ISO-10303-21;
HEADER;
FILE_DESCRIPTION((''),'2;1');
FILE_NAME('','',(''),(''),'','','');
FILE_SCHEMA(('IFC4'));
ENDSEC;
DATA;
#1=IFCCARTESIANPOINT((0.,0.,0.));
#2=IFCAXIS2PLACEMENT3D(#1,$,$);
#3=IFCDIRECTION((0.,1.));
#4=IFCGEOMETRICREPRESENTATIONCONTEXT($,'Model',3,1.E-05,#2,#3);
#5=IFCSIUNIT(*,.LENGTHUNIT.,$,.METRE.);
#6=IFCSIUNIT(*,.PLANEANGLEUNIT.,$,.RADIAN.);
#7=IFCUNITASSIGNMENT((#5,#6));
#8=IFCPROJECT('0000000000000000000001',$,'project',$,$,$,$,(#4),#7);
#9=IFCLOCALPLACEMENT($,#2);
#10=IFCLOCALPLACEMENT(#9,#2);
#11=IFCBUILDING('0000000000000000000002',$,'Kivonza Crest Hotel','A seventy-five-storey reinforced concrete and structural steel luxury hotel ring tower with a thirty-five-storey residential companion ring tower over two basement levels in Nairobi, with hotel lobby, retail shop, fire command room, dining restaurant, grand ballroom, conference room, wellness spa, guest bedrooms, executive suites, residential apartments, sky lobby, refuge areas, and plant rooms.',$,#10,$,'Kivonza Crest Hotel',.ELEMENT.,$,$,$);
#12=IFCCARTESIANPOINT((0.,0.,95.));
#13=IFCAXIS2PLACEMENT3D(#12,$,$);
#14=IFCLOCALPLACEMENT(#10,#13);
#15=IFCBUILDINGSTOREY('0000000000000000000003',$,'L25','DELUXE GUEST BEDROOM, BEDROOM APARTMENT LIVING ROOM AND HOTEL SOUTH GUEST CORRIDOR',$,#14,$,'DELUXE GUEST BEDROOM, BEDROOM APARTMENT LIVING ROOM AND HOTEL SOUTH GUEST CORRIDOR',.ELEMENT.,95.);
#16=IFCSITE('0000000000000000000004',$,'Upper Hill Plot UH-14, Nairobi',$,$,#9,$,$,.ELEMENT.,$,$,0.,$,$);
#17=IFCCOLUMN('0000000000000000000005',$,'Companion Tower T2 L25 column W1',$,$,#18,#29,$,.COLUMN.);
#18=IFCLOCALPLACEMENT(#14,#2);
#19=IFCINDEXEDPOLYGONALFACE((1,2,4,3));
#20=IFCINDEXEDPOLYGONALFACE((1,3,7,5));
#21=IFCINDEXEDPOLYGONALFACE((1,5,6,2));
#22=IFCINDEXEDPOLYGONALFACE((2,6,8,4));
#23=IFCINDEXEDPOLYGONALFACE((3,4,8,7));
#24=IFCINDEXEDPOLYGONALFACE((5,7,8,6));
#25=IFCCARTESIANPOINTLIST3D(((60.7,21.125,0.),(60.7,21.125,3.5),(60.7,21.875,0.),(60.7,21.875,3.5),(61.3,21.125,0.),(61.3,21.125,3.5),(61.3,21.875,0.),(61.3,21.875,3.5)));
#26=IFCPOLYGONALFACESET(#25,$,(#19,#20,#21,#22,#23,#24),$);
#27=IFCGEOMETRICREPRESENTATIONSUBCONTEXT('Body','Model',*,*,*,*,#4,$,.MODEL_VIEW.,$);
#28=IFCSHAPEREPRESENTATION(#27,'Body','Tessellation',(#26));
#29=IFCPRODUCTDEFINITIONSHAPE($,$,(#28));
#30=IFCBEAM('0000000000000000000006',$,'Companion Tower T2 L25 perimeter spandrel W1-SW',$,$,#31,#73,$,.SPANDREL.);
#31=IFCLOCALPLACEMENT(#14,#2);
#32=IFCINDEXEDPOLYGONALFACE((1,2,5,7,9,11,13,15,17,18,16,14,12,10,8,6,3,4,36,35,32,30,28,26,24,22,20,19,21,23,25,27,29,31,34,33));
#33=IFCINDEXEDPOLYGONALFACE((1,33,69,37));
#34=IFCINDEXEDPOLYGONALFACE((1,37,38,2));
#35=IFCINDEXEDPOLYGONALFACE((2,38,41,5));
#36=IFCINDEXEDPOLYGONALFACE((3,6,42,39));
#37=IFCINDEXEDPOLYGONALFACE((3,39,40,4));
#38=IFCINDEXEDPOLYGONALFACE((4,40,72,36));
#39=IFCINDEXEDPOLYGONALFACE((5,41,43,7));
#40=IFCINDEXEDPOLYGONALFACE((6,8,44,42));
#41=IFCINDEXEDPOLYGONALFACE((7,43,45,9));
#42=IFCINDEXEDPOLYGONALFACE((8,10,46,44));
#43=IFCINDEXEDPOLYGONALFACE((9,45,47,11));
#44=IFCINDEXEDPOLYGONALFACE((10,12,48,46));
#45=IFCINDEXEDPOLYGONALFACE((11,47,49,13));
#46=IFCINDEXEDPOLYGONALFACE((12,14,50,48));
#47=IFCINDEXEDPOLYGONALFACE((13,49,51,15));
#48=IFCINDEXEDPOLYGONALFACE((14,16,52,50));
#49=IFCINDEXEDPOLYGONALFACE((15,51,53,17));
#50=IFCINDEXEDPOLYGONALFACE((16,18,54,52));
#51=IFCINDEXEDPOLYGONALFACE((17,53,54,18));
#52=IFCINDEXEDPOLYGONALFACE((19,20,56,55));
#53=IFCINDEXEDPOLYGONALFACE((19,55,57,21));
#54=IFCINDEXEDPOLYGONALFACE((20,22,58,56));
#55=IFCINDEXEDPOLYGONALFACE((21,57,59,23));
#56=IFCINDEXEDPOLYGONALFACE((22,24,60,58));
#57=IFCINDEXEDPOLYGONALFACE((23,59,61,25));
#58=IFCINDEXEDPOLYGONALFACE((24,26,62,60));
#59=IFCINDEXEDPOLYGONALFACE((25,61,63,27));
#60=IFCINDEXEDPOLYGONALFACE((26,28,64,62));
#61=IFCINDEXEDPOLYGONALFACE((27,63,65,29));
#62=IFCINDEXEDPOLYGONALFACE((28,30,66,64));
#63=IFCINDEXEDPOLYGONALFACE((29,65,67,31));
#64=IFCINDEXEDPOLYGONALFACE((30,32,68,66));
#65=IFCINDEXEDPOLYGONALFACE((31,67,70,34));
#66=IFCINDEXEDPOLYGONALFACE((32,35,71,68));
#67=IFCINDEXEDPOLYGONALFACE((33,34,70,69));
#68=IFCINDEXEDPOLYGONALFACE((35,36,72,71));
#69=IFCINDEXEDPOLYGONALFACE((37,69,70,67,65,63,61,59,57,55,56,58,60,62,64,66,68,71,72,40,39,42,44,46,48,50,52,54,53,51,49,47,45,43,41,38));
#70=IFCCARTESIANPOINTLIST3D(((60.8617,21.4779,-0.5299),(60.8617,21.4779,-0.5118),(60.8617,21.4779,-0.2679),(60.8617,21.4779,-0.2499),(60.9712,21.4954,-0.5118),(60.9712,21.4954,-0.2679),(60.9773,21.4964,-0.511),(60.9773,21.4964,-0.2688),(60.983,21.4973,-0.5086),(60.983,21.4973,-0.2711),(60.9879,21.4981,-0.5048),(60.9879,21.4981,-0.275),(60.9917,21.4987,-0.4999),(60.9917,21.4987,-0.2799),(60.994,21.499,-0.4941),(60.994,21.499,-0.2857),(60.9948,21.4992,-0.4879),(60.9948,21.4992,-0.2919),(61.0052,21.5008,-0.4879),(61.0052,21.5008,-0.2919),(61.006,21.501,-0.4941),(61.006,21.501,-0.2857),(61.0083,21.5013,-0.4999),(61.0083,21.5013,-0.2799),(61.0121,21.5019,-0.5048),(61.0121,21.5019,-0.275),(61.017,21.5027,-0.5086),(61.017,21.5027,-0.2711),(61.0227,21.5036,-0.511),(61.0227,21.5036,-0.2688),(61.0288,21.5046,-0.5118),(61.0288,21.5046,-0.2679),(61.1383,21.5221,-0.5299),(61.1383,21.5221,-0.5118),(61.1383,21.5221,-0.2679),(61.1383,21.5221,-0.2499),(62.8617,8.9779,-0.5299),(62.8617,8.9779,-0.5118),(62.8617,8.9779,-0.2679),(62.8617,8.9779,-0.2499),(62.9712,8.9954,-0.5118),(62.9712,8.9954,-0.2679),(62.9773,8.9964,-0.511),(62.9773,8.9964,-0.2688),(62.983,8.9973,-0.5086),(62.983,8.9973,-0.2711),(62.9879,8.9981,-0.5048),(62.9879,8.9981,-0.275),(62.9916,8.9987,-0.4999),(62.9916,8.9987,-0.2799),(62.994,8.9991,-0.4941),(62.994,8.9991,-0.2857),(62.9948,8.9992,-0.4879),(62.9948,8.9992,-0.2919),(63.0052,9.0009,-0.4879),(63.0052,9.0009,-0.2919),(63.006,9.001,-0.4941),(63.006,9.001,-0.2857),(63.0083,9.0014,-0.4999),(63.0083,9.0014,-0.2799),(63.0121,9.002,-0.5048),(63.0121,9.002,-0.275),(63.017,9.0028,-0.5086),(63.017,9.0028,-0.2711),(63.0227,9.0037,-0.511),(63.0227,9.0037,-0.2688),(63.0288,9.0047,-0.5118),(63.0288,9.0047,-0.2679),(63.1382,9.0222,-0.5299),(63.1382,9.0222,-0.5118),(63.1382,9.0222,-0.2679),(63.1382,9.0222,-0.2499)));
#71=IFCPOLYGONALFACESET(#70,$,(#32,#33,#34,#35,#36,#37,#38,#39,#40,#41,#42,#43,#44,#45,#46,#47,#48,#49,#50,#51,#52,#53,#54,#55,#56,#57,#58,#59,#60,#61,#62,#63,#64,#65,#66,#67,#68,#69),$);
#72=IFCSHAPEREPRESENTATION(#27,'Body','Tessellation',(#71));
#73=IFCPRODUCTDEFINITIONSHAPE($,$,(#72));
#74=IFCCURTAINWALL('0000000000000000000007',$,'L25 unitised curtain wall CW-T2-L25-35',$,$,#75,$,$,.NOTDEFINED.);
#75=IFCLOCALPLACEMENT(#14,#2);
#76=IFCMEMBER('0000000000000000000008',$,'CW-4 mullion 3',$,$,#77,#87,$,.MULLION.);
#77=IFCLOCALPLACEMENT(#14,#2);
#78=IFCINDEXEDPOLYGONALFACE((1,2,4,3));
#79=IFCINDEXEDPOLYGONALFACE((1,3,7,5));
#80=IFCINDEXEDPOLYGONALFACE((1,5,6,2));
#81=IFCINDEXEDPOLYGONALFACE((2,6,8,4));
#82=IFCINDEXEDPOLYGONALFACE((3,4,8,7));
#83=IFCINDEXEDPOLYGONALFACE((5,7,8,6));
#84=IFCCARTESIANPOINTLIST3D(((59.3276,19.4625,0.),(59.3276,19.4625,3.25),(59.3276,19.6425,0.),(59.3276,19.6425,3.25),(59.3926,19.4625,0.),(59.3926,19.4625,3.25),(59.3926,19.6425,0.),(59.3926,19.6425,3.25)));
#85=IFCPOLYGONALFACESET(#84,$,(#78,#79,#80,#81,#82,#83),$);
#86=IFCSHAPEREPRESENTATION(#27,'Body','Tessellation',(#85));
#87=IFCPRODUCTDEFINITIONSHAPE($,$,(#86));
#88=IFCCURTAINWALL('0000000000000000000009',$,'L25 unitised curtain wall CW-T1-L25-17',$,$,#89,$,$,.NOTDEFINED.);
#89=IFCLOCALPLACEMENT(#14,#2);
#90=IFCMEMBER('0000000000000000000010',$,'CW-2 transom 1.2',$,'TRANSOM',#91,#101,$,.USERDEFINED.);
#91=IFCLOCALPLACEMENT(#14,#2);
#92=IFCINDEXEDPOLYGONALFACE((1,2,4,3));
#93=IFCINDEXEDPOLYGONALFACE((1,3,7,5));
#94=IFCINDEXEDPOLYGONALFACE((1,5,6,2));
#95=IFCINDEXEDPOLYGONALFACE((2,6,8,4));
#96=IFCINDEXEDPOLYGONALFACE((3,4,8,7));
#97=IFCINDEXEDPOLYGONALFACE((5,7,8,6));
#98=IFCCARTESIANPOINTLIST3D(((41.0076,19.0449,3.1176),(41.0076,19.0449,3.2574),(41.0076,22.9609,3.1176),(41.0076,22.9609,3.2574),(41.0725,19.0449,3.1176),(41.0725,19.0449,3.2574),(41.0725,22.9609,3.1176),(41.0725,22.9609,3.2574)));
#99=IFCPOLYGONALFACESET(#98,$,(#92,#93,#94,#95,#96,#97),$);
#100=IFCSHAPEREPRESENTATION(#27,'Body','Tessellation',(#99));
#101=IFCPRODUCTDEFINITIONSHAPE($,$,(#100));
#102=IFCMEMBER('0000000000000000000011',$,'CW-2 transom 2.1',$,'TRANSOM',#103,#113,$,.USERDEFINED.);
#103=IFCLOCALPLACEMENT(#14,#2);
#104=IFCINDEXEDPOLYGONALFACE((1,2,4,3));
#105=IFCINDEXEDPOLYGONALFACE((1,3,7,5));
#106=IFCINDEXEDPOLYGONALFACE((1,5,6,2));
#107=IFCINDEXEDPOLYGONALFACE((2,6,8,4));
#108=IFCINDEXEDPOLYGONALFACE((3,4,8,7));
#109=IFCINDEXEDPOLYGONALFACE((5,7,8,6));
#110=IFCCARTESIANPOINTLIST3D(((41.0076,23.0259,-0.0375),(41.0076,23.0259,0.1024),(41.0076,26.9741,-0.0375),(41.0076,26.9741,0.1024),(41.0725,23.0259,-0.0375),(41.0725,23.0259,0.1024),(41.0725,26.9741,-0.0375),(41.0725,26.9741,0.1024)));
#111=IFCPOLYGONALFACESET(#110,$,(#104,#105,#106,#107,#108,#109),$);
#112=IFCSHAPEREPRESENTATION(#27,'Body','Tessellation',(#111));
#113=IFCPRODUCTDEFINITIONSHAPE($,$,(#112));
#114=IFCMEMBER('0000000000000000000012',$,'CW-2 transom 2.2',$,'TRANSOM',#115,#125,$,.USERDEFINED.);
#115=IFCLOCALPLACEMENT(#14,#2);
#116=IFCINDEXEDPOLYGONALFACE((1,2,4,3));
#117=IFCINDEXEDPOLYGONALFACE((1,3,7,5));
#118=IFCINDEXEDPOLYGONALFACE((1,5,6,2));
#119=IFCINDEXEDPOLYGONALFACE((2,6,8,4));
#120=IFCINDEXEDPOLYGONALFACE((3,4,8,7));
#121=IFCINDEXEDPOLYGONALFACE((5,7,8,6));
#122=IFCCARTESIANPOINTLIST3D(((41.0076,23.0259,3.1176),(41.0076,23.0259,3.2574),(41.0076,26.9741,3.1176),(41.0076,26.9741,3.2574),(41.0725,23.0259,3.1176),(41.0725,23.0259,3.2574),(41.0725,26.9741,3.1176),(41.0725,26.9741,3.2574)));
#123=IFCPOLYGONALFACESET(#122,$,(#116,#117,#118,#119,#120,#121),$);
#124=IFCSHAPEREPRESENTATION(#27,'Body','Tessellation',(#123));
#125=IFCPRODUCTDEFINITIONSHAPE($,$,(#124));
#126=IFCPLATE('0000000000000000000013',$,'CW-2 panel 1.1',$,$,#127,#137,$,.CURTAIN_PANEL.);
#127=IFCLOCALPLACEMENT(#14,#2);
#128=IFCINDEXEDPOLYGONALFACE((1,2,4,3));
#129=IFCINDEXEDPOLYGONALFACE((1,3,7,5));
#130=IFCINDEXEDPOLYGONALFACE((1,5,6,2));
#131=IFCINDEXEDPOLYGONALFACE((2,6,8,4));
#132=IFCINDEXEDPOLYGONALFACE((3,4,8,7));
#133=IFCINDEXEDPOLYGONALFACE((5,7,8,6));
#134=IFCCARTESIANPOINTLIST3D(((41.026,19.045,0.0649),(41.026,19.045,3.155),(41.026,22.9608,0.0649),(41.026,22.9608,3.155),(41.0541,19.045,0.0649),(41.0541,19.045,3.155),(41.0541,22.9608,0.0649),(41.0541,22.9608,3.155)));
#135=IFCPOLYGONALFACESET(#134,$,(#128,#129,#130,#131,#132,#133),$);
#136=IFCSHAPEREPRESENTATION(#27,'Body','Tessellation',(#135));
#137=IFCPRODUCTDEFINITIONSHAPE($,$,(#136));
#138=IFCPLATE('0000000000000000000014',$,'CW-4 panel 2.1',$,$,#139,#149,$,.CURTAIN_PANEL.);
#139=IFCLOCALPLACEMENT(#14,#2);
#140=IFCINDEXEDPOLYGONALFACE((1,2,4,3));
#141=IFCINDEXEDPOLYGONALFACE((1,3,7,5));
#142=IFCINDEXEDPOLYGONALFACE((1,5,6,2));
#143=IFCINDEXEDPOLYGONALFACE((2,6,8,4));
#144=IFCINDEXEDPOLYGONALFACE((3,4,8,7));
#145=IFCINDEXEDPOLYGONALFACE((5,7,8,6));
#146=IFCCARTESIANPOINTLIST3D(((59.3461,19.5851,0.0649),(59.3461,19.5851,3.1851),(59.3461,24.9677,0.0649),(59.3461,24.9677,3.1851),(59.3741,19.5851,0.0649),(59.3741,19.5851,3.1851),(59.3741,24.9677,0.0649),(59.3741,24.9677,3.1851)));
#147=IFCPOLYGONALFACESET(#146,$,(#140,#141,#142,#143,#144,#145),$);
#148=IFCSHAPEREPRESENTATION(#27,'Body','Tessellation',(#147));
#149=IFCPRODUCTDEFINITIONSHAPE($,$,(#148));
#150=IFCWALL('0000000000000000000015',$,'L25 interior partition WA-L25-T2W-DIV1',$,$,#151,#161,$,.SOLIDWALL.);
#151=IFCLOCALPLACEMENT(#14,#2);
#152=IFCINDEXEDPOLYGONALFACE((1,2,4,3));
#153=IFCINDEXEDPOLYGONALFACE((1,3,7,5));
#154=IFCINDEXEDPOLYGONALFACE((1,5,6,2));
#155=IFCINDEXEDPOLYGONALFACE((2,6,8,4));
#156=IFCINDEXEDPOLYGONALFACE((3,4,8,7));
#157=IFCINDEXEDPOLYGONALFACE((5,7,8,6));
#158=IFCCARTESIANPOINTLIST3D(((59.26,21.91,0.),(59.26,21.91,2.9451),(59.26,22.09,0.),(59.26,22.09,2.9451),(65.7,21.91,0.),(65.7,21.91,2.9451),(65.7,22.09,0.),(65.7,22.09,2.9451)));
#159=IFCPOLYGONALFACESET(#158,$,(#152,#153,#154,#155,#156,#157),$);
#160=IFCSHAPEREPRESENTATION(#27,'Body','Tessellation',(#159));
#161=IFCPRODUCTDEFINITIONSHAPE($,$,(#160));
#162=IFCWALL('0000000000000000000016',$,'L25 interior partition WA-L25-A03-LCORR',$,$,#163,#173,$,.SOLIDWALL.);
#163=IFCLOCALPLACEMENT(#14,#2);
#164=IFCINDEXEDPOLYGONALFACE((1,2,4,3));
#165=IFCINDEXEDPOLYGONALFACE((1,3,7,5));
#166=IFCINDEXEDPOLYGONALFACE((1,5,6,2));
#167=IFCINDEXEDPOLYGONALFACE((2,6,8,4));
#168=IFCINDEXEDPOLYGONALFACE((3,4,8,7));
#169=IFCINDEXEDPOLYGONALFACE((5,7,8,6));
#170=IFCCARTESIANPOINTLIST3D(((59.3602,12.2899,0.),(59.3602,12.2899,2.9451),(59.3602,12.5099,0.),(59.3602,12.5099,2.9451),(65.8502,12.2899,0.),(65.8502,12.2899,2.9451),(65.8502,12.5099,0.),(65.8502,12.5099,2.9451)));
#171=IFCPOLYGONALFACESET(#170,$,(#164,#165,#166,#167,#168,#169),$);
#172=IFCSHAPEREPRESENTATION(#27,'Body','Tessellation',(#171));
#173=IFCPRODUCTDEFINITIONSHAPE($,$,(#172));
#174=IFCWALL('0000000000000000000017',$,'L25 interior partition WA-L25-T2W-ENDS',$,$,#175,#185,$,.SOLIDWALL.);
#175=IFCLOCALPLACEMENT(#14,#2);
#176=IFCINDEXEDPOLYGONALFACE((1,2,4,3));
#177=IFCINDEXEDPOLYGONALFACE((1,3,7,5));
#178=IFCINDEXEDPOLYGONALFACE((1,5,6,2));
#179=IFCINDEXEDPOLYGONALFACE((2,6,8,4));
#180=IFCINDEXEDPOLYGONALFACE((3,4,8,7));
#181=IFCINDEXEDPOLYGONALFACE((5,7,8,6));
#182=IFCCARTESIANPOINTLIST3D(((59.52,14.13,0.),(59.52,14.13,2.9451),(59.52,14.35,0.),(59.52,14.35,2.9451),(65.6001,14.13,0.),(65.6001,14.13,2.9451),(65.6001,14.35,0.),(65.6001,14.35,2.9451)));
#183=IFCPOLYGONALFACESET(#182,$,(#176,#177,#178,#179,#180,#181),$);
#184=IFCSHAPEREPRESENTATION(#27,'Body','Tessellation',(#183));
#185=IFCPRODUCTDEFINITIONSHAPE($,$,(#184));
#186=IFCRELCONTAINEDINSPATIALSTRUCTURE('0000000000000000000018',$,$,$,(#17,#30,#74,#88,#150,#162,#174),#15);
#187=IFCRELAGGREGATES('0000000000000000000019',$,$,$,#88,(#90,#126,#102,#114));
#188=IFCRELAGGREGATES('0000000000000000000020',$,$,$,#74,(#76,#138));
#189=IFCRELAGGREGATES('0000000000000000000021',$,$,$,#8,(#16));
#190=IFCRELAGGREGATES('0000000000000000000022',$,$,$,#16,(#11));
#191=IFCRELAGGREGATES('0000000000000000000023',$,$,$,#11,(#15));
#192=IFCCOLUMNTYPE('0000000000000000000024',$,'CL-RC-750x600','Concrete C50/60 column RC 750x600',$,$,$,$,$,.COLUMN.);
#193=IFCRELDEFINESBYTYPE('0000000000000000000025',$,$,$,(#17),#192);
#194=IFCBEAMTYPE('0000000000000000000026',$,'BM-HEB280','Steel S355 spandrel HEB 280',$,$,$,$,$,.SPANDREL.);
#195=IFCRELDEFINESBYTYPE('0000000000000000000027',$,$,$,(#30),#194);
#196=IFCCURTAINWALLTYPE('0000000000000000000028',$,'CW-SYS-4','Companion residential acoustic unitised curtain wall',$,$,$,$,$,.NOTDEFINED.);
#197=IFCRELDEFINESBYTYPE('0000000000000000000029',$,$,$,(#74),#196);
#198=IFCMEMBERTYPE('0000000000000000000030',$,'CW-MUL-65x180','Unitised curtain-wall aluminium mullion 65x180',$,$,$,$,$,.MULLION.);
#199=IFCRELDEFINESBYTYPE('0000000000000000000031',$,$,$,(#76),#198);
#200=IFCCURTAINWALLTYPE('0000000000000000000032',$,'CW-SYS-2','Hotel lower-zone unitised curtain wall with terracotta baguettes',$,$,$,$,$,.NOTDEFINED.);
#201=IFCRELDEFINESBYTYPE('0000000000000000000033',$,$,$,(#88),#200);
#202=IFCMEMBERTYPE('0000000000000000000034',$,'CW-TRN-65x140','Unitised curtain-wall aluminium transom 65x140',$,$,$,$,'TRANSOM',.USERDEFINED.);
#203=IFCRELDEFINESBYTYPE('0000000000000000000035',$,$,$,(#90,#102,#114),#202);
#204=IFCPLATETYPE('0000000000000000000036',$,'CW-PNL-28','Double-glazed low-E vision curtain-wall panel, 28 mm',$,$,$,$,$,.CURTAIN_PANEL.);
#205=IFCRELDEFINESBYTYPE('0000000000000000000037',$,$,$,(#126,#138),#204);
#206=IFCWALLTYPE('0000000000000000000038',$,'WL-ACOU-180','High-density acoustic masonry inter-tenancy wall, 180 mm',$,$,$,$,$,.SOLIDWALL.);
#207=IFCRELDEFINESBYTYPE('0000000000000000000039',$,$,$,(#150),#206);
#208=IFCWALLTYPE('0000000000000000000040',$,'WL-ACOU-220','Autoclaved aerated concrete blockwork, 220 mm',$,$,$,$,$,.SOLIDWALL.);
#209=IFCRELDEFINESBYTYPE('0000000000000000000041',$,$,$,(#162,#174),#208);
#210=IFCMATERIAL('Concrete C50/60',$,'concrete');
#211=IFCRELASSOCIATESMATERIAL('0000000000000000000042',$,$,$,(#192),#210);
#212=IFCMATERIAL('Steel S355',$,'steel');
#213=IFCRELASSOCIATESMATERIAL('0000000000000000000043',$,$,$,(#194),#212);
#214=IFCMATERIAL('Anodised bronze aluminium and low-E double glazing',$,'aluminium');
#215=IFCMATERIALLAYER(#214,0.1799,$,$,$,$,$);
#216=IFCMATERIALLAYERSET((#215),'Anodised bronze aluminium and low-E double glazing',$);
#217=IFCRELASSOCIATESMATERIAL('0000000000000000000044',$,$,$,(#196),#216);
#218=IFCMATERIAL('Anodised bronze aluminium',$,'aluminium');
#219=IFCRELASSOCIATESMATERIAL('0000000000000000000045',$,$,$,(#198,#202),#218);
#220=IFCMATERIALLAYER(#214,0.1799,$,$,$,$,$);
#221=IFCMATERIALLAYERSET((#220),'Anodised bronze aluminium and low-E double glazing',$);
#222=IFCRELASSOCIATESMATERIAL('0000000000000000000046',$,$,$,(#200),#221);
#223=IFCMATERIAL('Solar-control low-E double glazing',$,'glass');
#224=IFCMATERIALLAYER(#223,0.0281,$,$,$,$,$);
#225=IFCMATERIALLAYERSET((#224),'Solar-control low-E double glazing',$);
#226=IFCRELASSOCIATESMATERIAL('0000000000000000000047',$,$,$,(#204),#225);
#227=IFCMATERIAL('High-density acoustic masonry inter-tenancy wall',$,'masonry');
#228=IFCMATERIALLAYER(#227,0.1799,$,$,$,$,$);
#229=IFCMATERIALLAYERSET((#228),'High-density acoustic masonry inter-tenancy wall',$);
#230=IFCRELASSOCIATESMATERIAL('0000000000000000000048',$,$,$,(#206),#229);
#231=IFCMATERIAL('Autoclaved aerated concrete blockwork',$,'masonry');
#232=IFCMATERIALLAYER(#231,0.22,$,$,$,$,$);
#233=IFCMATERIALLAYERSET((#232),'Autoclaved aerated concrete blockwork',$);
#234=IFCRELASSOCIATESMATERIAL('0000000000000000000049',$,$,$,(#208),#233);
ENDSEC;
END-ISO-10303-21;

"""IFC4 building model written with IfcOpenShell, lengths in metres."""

from ifc_helpers import new_model, si_unit, direction, frame, frame_2d, origin, origin_2d, place, context, subcontext, project, spatial, rectangle, i_section, extrude, material, layer, layer_set, material_profile, profile_set, type_object, element, aggregate, save


model = new_model("IFC4")

# Units and contexts
model_context = context("Model", 3, precision=1e-05, world=origin(), true_north=direction((0.0, 1.0)))
body_context = subcontext(model_context, "Body", "Model", "MODEL_VIEW")
ifc_project = project(units=[si_unit("LENGTHUNIT", "METRE"), si_unit("PLANEANGLEUNIT", "RADIAN")], contexts=[model_context])

# Site, building, storey
site_placement = place(None, origin())
site = spatial("IfcSite", under=ifc_project, at=site_placement, Name="Upper Hill Plot UH-14, Nairobi", CompositionType="ELEMENT", RefElevation=0.0)
building_placement = place(site_placement, origin())
building = spatial("IfcBuilding", under=site, at=building_placement, Name="Kivonza Crest Hotel", Description="A seventy-five-storey reinforced concrete and structural steel luxury hotel ring tower with a thirty-five-storey residential companion ring tower over two basement levels in Nairobi, with hotel lobby, retail shop, fire command room, dining restaurant, grand ballroom, conference room, wellness spa, guest bedrooms, executive suites, residential apartments, sky lobby, refuge areas, and plant rooms.", LongName="Kivonza Crest Hotel", CompositionType="ELEMENT")
storey_placement = place(building_placement, frame((0.0, 0.0, 95.0)))
storey = spatial("IfcBuildingStorey", under=building, at=storey_placement, Name="L25", Description="DELUXE GUEST BEDROOM, BEDROOM APARTMENT LIVING ROOM AND HOTEL SOUTH GUEST CORRIDOR", LongName="DELUXE GUEST BEDROOM, BEDROOM APARTMENT LIVING ROOM AND HOTEL SOUTH GUEST CORRIDOR", CompositionType="ELEMENT", Elevation=95.0)

# Column
ifc_material_1 = material(Name="Concrete C50/60", Category="concrete")
ifc_material_profile_1 = material_profile(ifc_material_1, rectangle(XDim=0.6001, YDim=0.75, at=origin_2d()), Name="RC 750x600")
ifc_profile_set_1 = profile_set([ifc_material_profile_1], Name="Concrete C50/60")
column_type = type_object("IfcColumnType", Name="CL-RC-750x600", Description="Concrete C50/60 column RC 750x600", PredefinedType="COLUMN", material=ifc_profile_set_1)
column_placement = place(storey_placement, frame((61.0, 21.5, 0.0), z_axis=(0.0, 0.0, 1.0), x_axis=(1.0, 0.0, 0.0)))
element("IfcColumn", 1, at=column_placement, inside=storey, type_object=column_type, Name="Companion Tower T2 L25 column W1", PredefinedType="COLUMN", context=body_context, shape_type="SweptSolid", body=[
    extrude(rectangle(XDim=0.6001, YDim=0.75, at=origin_2d()), origin(), (0.0, 0.0, 1.0), 3.5),
])

# Beam
ifc_material_2 = material(Name="Steel S355", Category="steel")
ifc_material_profile_2 = material_profile(ifc_material_2, i_section(OverallWidth=0.28, OverallDepth=0.28, WebThickness=0.0105, FlangeThickness=0.0181, FilletRadius=0.0239, at=origin_2d()), Name="HEB 280")
ifc_profile_set_2 = profile_set([ifc_material_profile_2], Name="Steel S355")
beam_type = type_object("IfcBeamType", Name="BM-HEB280", Description="Steel S355 spandrel HEB 280", PredefinedType="SPANDREL", material=ifc_profile_set_2)
beam_placement = place(storey_placement, frame((61.0, 21.5, -0.3899), z_axis=(0.157991, -0.987441, 0.0), x_axis=(0.987441, 0.157991, 0.0)))
element("IfcBeam", 2, at=beam_placement, inside=storey, type_object=beam_type, Name="Companion Tower T2 L25 perimeter spandrel W1-SW", PredefinedType="SPANDREL", context=body_context, shape_type="SweptSolid", body=[
    extrude(i_section(OverallWidth=0.28, OverallDepth=0.28, WebThickness=0.0105, FlangeThickness=0.0181, FilletRadius=0.0239, at=origin_2d()), origin(), (0.0, 0.0, 1.0), 12.6589),
])

# Curtain wall, member
ifc_material_3 = material(Name="Anodised bronze aluminium and low-E double glazing", Category="aluminium")
ifc_layer_1 = layer(ifc_material_3, 0.1799)
ifc_layer_set_1 = layer_set([ifc_layer_1], Name="Anodised bronze aluminium and low-E double glazing")
curtain_wall_type_1 = type_object("IfcCurtainWallType", Name="CW-SYS-4", Description="Companion residential acoustic unitised curtain wall", PredefinedType="NOTDEFINED", material=ifc_layer_set_1)
curtain_wall_1_placement = place(storey_placement, origin())
curtain_wall_1 = element("IfcCurtainWall", 3, at=curtain_wall_1_placement, inside=storey, type_object=curtain_wall_type_1, Name="L25 unitised curtain wall CW-T2-L25-35", PredefinedType="NOTDEFINED")
ifc_material_4 = material(Name="Anodised bronze aluminium", Category="aluminium")
ifc_material_profile_3 = material_profile(ifc_material_4, rectangle(XDim=0.0649, YDim=0.1799, at=origin_2d()), Name="CW-M 65x180")
ifc_profile_set_3 = profile_set([ifc_material_profile_3], Name="Anodised bronze aluminium")
member_type_1 = type_object("IfcMemberType", Name="CW-MUL-65x180", Description="Unitised curtain-wall aluminium mullion 65x180", PredefinedType="MULLION", material=ifc_profile_set_3)
member_1_placement = place(storey_placement, frame((59.3601, 19.5525, 0.0), z_axis=(0.0, 0.0, 1.0), x_axis=(1.0, 0.0, 0.0)))
member_1 = element("IfcMember", 4, at=member_1_placement, type_object=member_type_1, Name="CW-4 mullion 3", PredefinedType="MULLION", context=body_context, shape_type="SweptSolid", body=[
    extrude(rectangle(XDim=0.0649, YDim=0.1799, at=origin_2d()), origin(), (0.0, 0.0, 1.0), 3.25),
])

# Curtain wall, members, plate
ifc_layer_2 = layer(ifc_material_3, 0.1799)
ifc_layer_set_2 = layer_set([ifc_layer_2], Name="Anodised bronze aluminium and low-E double glazing")
curtain_wall_type_2 = type_object("IfcCurtainWallType", Name="CW-SYS-2", Description="Hotel lower-zone unitised curtain wall with terracotta baguettes", PredefinedType="NOTDEFINED", material=ifc_layer_set_2)
curtain_wall_2_placement = place(storey_placement, origin())
curtain_wall_2 = element("IfcCurtainWall", 5, at=curtain_wall_2_placement, inside=storey, type_object=curtain_wall_type_2, Name="L25 unitised curtain wall CW-T1-L25-17", PredefinedType="NOTDEFINED")
ifc_material_profile_4 = material_profile(ifc_material_4, rectangle(XDim=0.0649, YDim=0.1399, at=origin_2d()), Name="CW-T 65x140")
ifc_profile_set_4 = profile_set([ifc_material_profile_4], Name="Anodised bronze aluminium")
member_type_2 = type_object("IfcMemberType", Name="CW-TRN-65x140", Description="Unitised curtain-wall aluminium transom 65x140", ElementType="TRANSOM", PredefinedType="USERDEFINED", material=ifc_profile_set_4)
member_2_placement = place(storey_placement, frame((41.04, 19.0449, 3.1875), z_axis=(0.0, 1.0, 0.0), x_axis=(-1.0, 0.0, 0.0)))
member_2 = element("IfcMember", 6, at=member_2_placement, type_object=member_type_2, Name="CW-2 transom 1.2", ObjectType="TRANSOM", PredefinedType="USERDEFINED", context=body_context, shape_type="SweptSolid", body=[
    extrude(rectangle(XDim=0.0649, YDim=0.1399, at=origin_2d()), origin(), (0.0, 0.0, 1.0), 3.916),
])
member_3_placement = place(storey_placement, frame((41.04, 23.0259, 0.0325), z_axis=(0.0, 1.0, 0.0), x_axis=(-1.0, 0.0, 0.0)))
member_3 = element("IfcMember", 7, at=member_3_placement, type_object=member_type_2, Name="CW-2 transom 2.1", ObjectType="TRANSOM", PredefinedType="USERDEFINED", context=body_context, shape_type="SweptSolid", body=[
    extrude(rectangle(XDim=0.0649, YDim=0.1399, at=origin_2d()), origin(), (0.0, 0.0, 1.0), 3.9482),
])
member_4_placement = place(storey_placement, frame((41.04, 23.0259, 3.1875), z_axis=(0.0, 1.0, 0.0), x_axis=(-1.0, 0.0, 0.0)))
member_4 = element("IfcMember", 8, at=member_4_placement, type_object=member_type_2, Name="CW-2 transom 2.2", ObjectType="TRANSOM", PredefinedType="USERDEFINED", context=body_context, shape_type="SweptSolid", body=[
    extrude(rectangle(XDim=0.0649, YDim=0.1399, at=origin_2d()), origin(), (0.0, 0.0, 1.0), 3.9482),
])
ifc_material_5 = material(Name="Solar-control low-E double glazing", Category="glass")
ifc_layer_3 = layer(ifc_material_5, 0.0281)
ifc_layer_set_3 = layer_set([ifc_layer_3], Name="Solar-control low-E double glazing")
plate_type = type_object("IfcPlateType", Name="CW-PNL-28", Description="Double-glazed low-E vision curtain-wall panel, 28 mm", PredefinedType="CURTAIN_PANEL", material=ifc_layer_set_3)
plate_1_placement = place(storey_placement, frame((41.04, 21.0029, 0.0649), z_axis=(0.0, 0.0, 1.0), x_axis=(0.0, 1.0, 0.0)))
plate_1 = element("IfcPlate", 9, at=plate_1_placement, type_object=plate_type, Name="CW-2 panel 1.1", PredefinedType="CURTAIN_PANEL", context=body_context, shape_type="SweptSolid", body=[
    extrude(rectangle(XDim=3.9158, YDim=0.0281, at=origin_2d()), origin(), (0.0, 0.0, 1.0), 3.0901),
])
aggregate(curtain_wall_2, [member_2, plate_1, member_3, member_4])

# Plate
plate_2_placement = place(storey_placement, frame((59.3601, 22.2764, 0.0649), z_axis=(0.0, 0.0, 1.0), x_axis=(0.0, -1.0, 0.0)))
plate_2 = element("IfcPlate", 10, at=plate_2_placement, type_object=plate_type, Name="CW-4 panel 2.1", PredefinedType="CURTAIN_PANEL", context=body_context, shape_type="SweptSolid", body=[
    extrude(rectangle(XDim=5.3826, YDim=0.0281, at=origin_2d()), origin(), (0.0, 0.0, 1.0), 3.1201),
])
aggregate(curtain_wall_1, [member_1, plate_2])

# Walls
ifc_material_6 = material(Name="High-density acoustic masonry inter-tenancy wall", Category="masonry")
ifc_layer_4 = layer(ifc_material_6, 0.1799)
ifc_layer_set_4 = layer_set([ifc_layer_4], Name="High-density acoustic masonry inter-tenancy wall")
wall_type_1 = type_object("IfcWallType", Name="WL-ACOU-180", Description="High-density acoustic masonry inter-tenancy wall, 180 mm", PredefinedType="SOLIDWALL", material=ifc_layer_set_4)
wall_1_placement = place(storey_placement, frame((59.26, 22.0, 0.0), z_axis=(0.0, 0.0, 1.0), x_axis=(1.0, 0.0, 0.0)))
element("IfcWall", 11, at=wall_1_placement, inside=storey, type_object=wall_type_1, Name="L25 interior partition WA-L25-T2W-DIV1", PredefinedType="SOLIDWALL", context=body_context, shape_type="SweptSolid", body=[
    extrude(rectangle(XDim=6.4399, YDim=0.1799, at=frame_2d((3.22, 0.0))), origin(), (0.0, 0.0, 1.0), 2.9451),
])
ifc_material_7 = material(Name="Autoclaved aerated concrete blockwork", Category="masonry")
ifc_layer_5 = layer(ifc_material_7, 0.22)
ifc_layer_set_5 = layer_set([ifc_layer_5], Name="Autoclaved aerated concrete blockwork")
wall_type_2 = type_object("IfcWallType", Name="WL-ACOU-220", Description="Autoclaved aerated concrete blockwork, 220 mm", PredefinedType="SOLIDWALL", material=ifc_layer_set_5)
wall_2_placement = place(storey_placement, frame((59.3601, 12.3999, 0.0), z_axis=(0.0, 0.0, 1.0), x_axis=(1.0, 0.0, 0.0)))
element("IfcWall", 12, at=wall_2_placement, inside=storey, type_object=wall_type_2, Name="L25 interior partition WA-L25-A03-LCORR", PredefinedType="SOLIDWALL", context=body_context, shape_type="SweptSolid", body=[
    extrude(rectangle(XDim=6.49, YDim=0.22, at=frame_2d((3.2451, 0.0))), origin(), (0.0, 0.0, 1.0), 2.9451),
])
wall_3_placement = place(storey_placement, frame((59.52, 14.24, 0.0), z_axis=(0.0, 0.0, 1.0), x_axis=(1.0, 0.0, 0.0)))
element("IfcWall", 13, at=wall_3_placement, inside=storey, type_object=wall_type_2, Name="L25 interior partition WA-L25-T2W-ENDS", PredefinedType="SOLIDWALL", context=body_context, shape_type="SweptSolid", body=[
    extrude(rectangle(XDim=6.0801, YDim=0.22, at=frame_2d((3.04, 0.0))), origin(), (0.0, 0.0, 1.0), 2.9451),
])

save(model, "model.ifc")
